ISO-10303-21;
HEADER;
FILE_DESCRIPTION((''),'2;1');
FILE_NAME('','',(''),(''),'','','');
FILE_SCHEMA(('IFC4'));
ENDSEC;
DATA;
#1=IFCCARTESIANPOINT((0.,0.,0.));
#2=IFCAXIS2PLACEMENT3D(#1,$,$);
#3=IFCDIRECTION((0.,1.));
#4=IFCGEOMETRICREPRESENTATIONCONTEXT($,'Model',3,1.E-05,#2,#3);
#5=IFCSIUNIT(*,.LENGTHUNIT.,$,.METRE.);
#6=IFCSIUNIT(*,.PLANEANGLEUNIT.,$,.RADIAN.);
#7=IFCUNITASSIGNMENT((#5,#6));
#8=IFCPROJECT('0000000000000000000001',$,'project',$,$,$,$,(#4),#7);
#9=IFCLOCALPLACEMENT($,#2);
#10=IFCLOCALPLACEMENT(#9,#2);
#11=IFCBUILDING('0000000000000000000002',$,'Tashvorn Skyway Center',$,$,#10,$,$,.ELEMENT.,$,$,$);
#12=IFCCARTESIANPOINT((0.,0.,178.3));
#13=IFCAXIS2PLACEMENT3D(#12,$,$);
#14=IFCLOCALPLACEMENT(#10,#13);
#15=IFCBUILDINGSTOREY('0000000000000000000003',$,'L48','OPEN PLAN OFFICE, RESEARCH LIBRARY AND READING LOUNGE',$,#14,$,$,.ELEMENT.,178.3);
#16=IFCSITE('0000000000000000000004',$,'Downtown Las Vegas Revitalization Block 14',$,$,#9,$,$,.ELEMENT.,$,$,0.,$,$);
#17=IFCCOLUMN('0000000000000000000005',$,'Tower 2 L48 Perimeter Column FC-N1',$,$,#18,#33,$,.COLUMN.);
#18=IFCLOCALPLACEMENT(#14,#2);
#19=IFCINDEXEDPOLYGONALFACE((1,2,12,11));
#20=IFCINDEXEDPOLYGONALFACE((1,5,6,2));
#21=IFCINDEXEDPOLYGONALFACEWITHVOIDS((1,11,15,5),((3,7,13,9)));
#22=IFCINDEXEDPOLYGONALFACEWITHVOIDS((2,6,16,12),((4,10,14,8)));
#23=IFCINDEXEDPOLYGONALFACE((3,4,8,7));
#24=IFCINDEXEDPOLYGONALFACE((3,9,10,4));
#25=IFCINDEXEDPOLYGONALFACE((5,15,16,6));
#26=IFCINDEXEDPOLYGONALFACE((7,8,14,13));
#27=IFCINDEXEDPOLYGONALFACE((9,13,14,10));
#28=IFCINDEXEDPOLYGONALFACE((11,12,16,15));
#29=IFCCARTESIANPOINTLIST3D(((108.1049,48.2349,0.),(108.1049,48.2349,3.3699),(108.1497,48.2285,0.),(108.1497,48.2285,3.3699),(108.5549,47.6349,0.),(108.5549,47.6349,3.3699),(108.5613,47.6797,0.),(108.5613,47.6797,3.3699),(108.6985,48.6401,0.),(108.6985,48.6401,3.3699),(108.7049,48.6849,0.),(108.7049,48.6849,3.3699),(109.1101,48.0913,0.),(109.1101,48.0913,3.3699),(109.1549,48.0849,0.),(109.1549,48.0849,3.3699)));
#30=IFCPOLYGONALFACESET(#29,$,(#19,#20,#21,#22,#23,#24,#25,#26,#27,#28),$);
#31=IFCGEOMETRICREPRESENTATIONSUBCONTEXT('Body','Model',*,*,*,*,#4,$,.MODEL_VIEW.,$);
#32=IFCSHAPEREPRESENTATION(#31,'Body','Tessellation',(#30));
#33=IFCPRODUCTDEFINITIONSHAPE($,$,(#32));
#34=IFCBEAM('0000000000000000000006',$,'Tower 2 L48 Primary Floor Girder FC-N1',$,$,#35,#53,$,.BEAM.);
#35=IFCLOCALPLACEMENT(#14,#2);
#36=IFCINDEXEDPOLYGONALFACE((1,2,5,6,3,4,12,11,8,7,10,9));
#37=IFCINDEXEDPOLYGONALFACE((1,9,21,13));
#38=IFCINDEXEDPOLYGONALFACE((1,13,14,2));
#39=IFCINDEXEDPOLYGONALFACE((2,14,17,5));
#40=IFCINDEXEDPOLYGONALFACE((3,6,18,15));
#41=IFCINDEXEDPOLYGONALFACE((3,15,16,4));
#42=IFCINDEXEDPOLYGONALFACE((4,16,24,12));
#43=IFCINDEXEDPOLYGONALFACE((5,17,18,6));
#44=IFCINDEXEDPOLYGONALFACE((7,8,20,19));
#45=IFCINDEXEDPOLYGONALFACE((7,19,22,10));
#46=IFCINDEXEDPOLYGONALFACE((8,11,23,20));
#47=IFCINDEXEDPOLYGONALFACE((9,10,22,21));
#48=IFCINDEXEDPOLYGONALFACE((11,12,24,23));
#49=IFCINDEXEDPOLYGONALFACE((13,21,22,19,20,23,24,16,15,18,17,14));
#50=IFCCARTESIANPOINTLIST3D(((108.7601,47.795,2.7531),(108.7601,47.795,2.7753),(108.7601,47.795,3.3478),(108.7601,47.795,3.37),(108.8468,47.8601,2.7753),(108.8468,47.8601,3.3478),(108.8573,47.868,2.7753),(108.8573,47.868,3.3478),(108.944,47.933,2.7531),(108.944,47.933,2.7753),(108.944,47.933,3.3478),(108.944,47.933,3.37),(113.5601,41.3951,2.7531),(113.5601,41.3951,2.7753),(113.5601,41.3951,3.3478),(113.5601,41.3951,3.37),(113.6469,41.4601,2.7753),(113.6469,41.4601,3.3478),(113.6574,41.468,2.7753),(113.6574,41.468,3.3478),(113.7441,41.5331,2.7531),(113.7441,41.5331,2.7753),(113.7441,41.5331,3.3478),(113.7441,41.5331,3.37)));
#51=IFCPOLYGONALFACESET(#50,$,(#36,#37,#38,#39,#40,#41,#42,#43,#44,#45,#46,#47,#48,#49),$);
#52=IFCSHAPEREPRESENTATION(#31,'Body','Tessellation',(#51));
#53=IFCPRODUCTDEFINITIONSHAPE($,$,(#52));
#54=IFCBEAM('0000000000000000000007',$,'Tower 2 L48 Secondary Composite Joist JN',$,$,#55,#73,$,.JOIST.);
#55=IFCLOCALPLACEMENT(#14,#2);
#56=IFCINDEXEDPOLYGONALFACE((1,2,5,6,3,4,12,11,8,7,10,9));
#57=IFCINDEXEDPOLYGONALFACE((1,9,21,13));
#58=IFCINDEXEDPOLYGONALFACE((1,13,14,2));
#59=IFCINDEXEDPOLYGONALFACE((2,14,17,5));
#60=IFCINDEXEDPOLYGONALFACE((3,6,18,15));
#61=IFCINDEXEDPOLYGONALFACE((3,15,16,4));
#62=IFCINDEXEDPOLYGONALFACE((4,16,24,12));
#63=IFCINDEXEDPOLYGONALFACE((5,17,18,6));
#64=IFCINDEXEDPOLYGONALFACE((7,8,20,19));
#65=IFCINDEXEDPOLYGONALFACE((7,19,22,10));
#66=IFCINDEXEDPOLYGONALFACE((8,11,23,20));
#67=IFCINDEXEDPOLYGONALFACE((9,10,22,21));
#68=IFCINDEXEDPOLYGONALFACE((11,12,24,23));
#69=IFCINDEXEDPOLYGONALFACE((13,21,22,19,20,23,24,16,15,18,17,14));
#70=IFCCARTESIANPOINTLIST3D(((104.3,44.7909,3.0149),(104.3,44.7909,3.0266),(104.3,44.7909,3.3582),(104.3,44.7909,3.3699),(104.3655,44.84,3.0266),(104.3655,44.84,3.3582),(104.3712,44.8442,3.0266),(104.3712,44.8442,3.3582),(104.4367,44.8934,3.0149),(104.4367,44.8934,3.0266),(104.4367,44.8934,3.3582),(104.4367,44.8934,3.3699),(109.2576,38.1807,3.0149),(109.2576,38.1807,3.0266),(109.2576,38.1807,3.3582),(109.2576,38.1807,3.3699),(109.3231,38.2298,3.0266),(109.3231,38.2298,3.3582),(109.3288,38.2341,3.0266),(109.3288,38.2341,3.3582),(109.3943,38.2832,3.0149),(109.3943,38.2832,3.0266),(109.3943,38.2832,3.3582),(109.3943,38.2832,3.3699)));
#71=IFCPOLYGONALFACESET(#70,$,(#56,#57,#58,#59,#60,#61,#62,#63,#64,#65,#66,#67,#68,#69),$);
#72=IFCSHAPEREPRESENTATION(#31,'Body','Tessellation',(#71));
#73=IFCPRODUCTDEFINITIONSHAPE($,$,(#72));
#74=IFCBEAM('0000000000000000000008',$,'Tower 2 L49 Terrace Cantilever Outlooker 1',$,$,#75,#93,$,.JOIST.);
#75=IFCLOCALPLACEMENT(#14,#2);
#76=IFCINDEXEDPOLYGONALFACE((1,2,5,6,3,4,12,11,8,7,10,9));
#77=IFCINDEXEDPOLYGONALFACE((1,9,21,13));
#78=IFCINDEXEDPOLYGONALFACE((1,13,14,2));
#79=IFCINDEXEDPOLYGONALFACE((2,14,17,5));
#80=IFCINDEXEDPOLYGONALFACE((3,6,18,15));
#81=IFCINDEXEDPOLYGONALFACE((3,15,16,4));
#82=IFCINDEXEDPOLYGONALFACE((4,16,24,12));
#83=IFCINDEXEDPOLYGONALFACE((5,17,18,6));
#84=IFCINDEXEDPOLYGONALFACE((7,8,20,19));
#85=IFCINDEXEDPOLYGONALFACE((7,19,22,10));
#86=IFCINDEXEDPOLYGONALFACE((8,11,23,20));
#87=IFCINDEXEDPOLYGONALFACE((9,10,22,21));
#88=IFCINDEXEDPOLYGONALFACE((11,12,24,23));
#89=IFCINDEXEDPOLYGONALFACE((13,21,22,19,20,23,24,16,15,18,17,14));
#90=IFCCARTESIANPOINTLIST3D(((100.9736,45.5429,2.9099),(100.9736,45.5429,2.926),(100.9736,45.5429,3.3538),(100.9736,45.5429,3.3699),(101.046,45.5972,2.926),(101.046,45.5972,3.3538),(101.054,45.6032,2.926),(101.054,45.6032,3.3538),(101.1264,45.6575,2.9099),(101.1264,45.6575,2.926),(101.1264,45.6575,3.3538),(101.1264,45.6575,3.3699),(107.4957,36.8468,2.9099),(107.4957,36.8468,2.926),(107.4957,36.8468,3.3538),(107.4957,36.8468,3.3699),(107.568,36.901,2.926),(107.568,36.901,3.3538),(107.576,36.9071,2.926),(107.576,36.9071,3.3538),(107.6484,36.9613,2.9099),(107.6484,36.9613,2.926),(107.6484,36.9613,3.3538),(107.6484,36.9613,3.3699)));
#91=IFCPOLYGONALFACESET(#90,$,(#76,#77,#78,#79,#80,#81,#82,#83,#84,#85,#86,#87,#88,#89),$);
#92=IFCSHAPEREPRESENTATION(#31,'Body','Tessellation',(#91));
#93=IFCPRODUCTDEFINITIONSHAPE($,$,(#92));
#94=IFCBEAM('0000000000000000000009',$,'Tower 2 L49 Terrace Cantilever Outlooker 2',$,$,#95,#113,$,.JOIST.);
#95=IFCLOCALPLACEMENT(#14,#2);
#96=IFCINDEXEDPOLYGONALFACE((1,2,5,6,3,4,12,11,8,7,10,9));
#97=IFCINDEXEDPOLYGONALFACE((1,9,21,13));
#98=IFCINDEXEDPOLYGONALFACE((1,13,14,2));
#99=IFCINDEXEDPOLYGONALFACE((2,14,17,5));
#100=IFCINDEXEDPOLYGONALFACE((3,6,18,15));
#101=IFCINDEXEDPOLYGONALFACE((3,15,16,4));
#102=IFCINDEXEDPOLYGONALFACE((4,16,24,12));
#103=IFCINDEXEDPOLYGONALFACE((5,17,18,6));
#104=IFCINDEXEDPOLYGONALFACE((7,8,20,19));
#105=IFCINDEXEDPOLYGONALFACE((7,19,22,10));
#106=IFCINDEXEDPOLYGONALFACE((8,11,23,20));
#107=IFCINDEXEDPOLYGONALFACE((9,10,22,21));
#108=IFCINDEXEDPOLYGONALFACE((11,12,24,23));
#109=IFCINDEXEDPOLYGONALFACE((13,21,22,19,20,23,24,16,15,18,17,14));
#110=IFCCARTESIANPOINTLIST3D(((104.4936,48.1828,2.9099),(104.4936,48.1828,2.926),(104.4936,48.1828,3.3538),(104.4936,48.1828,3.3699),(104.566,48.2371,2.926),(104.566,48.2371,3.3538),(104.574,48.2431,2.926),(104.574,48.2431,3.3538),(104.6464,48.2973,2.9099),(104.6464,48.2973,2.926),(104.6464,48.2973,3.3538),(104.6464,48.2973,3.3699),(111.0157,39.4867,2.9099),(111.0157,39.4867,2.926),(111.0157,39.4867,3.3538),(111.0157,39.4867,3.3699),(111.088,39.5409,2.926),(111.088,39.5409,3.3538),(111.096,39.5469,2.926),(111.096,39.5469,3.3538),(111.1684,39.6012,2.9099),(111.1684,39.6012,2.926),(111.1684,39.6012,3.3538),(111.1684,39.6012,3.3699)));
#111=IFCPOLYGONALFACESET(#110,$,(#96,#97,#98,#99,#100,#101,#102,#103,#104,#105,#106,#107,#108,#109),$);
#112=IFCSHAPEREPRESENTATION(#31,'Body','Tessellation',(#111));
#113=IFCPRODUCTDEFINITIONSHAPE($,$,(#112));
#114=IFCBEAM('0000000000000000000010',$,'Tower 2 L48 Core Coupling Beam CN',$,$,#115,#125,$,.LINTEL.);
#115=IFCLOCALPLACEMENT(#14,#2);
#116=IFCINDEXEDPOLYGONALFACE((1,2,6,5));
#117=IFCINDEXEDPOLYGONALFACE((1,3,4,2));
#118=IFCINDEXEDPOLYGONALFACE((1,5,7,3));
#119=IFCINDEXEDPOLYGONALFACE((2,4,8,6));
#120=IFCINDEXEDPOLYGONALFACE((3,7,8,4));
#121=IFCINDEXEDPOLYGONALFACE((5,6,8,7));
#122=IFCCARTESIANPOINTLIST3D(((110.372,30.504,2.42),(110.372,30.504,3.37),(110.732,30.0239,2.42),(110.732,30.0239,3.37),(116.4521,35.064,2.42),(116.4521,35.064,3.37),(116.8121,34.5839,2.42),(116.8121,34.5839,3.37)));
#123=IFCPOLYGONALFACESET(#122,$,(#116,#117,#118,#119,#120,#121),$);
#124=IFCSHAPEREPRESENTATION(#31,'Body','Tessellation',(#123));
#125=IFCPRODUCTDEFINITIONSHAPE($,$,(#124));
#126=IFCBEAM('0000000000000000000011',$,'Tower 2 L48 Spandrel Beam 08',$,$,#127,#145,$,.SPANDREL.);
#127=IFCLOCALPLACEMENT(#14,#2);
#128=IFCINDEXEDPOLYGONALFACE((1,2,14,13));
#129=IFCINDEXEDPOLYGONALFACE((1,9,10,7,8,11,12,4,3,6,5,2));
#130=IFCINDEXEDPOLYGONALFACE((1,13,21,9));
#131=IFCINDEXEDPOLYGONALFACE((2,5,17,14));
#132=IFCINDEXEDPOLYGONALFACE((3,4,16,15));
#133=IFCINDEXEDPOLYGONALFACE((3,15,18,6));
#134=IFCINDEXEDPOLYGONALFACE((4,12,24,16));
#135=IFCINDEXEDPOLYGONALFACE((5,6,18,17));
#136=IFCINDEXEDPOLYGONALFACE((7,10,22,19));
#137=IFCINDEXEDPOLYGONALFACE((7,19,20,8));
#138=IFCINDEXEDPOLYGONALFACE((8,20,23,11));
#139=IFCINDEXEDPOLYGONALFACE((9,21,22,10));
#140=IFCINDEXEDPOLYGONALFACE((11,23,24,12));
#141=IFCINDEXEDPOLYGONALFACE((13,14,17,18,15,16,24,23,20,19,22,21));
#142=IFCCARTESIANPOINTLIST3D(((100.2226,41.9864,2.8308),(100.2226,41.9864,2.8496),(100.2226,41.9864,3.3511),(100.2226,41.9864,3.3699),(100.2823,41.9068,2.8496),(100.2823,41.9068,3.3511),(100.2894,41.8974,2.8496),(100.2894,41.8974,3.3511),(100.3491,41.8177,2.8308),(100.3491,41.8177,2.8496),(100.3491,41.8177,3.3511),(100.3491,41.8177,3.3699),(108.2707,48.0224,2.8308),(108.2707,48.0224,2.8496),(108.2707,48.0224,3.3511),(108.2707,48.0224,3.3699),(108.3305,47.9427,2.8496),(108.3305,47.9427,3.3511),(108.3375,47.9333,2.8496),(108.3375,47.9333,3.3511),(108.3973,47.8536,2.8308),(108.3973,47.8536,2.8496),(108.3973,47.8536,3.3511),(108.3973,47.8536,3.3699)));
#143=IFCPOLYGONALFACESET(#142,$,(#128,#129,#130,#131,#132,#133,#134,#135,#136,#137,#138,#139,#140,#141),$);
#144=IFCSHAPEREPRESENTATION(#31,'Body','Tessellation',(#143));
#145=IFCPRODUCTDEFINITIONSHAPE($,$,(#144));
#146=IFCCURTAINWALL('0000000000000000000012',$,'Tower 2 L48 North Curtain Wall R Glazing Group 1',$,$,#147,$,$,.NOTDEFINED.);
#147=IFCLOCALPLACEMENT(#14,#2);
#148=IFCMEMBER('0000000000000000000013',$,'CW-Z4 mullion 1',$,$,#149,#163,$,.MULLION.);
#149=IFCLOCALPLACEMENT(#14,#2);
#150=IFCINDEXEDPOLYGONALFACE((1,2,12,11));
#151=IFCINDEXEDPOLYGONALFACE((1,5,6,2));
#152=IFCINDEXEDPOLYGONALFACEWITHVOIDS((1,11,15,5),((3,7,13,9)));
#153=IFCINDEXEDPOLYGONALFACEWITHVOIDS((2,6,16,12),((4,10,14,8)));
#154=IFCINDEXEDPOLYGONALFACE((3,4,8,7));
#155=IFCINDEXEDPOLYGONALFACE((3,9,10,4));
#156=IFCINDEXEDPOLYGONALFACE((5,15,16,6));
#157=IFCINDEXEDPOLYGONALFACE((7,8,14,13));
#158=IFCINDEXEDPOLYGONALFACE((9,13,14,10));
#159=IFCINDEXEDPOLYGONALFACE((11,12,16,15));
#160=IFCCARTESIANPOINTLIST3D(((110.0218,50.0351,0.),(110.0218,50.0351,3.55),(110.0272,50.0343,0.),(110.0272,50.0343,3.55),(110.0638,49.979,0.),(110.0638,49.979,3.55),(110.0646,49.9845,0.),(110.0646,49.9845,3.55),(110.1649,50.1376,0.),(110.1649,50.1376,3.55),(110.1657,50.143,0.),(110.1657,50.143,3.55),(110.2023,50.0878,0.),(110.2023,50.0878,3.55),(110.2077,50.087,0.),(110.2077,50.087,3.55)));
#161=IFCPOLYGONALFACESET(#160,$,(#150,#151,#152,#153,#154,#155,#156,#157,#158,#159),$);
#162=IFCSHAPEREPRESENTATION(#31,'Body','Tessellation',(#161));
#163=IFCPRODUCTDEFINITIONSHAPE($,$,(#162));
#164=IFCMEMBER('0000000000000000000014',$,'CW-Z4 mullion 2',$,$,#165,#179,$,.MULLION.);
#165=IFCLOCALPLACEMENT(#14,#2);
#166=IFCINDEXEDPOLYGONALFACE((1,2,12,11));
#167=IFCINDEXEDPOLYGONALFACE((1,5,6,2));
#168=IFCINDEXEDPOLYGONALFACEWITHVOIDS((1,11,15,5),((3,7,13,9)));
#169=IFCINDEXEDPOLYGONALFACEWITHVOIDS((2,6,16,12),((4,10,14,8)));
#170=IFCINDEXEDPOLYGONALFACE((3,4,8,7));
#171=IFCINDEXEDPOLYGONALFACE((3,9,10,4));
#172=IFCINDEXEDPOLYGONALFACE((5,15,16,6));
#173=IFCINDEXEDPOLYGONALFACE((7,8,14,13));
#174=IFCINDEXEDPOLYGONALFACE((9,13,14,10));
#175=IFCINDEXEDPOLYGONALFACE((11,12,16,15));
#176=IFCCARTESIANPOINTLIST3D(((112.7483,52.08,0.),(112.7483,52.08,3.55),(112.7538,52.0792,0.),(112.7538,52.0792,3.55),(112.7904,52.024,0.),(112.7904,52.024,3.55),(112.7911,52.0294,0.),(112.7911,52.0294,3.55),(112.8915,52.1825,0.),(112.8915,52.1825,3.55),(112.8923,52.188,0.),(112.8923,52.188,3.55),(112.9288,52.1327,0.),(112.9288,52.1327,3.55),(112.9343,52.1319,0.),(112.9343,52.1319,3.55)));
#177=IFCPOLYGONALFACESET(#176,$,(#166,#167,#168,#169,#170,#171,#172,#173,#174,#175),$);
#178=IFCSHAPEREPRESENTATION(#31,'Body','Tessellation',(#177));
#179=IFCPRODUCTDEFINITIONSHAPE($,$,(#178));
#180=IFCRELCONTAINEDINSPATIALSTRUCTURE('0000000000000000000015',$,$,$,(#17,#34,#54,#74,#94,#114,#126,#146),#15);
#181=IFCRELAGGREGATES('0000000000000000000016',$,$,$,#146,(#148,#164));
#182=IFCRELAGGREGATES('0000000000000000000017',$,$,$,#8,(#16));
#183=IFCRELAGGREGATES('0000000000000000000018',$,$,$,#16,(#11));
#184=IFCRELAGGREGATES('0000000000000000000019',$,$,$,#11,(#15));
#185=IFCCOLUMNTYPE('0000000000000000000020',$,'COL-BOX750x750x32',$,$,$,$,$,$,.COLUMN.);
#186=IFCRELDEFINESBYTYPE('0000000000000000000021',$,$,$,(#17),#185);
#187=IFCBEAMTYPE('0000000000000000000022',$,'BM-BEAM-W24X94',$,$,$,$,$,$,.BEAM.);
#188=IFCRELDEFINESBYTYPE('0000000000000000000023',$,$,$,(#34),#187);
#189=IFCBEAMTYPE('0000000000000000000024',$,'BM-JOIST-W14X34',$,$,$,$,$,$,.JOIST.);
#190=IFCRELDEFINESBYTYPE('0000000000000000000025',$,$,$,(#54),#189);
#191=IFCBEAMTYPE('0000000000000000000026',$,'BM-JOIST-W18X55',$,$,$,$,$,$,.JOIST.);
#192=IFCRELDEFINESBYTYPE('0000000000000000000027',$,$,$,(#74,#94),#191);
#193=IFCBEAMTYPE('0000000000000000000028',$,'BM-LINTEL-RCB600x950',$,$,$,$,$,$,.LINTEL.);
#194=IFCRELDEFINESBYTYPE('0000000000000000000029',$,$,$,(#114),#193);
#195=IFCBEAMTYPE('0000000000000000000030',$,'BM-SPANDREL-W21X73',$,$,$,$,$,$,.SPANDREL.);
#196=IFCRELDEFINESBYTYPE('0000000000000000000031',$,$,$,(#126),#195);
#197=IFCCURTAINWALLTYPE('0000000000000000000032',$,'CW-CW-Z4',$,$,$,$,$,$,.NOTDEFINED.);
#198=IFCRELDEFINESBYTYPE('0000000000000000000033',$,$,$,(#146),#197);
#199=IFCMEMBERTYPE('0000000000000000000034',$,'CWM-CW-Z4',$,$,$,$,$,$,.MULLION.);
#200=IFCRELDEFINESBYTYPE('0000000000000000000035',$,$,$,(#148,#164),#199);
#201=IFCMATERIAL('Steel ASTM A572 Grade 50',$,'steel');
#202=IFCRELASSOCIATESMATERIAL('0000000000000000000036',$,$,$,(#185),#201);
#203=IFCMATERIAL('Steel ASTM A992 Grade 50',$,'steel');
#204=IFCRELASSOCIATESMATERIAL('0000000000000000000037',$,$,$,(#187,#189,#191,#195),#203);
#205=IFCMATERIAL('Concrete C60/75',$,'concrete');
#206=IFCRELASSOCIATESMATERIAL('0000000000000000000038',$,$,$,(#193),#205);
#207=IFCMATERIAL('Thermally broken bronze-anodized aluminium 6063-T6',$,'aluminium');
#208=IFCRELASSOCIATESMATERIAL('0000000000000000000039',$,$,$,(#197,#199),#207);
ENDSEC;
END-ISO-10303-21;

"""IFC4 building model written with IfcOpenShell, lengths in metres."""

from ifc_helpers import new_model, si_unit, direction, frame, origin, origin_2d, place, context, subcontext, project, spatial, rectangle, hollow_rectangle, i_section, extrude, material, material_profile, profile_set, type_object, element, aggregate, save


model = new_model("IFC4")

# Units and contexts
model_context = context("Model", 3, precision=1e-05, world=origin(), true_north=direction((0.0, 1.0)))
body_context = subcontext(model_context, "Body", "Model", "MODEL_VIEW")
ifc_project = project(units=[si_unit("LENGTHUNIT", "METRE"), si_unit("PLANEANGLEUNIT", "RADIAN")], contexts=[model_context])

# Site, building, storey
site_placement = place(None, origin())
site = spatial("IfcSite", under=ifc_project, at=site_placement, Name="Downtown Las Vegas Revitalization Block 14", CompositionType="ELEMENT", RefElevation=0.0)
building_placement = place(site_placement, origin())
building = spatial("IfcBuilding", under=site, at=building_placement, Name="Tashvorn Skyway Center", CompositionType="ELEMENT")
storey_placement = place(building_placement, frame((0.0, 0.0, 178.3)))
storey = spatial("IfcBuildingStorey", under=building, at=storey_placement, Name="L48", Description="OPEN PLAN OFFICE, RESEARCH LIBRARY AND READING LOUNGE", CompositionType="ELEMENT", Elevation=178.3)

# Column
ifc_material_1 = material(Name="Steel ASTM A572 Grade 50", Category="steel")
ifc_material_profile_1 = material_profile(ifc_material_1, hollow_rectangle(XDim=0.75, YDim=0.75, WallThickness=0.032, at=origin_2d()), Name="BOX750x750x32")
ifc_profile_set_1 = profile_set([ifc_material_profile_1], Name="Steel ASTM A572 Grade 50")
column_type = type_object("IfcColumnType", Name="COL-BOX750x750x32", PredefinedType="COLUMN", material=ifc_profile_set_1)
column_placement = place(storey_placement, frame((108.6299, 48.1599, 0.0), z_axis=(0.0, 0.0, 1.0), x_axis=(0.8, 0.6, 0.0)))
element("IfcColumn", 1, at=column_placement, inside=storey, type_object=column_type, Name="Tower 2 L48 Perimeter Column FC-N1", PredefinedType="COLUMN", context=body_context, shape_type="SweptSolid", body=[
    extrude(hollow_rectangle(XDim=0.75, YDim=0.75, WallThickness=0.032, at=origin_2d()), origin(), (0.0, 0.0, 1.0), 3.3699),
])

# Beams
ifc_material_2 = material(Name="Steel ASTM A992 Grade 50", Category="steel")
ifc_material_profile_2 = material_profile(ifc_material_2, i_section(OverallWidth=0.23, OverallDepth=0.6169, WebThickness=0.0132, FlangeThickness=0.0222, at=origin_2d()), Name="W24X94")
ifc_profile_set_2 = profile_set([ifc_material_profile_2], Name="Steel ASTM A992 Grade 50")
beam_type_1 = type_object("IfcBeamType", Name="BM-BEAM-W24X94", PredefinedType="BEAM", material=ifc_profile_set_2)
beam_1_placement = place(storey_placement, frame((108.8521, 47.864, 3.0615), z_axis=(0.60001, -0.799993, 0.0), x_axis=(0.799993, 0.60001, 0.0)))
element("IfcBeam", 2, at=beam_1_placement, inside=storey, type_object=beam_type_1, Name="Tower 2 L48 Primary Floor Girder FC-N1", PredefinedType="BEAM", context=body_context, shape_type="SweptSolid", body=[
    extrude(i_section(OverallWidth=0.23, OverallDepth=0.6169, WebThickness=0.0132, FlangeThickness=0.0222, at=origin_2d()), origin(), (0.0, 0.0, 1.0), 8.0),
])
ifc_material_profile_3 = material_profile(ifc_material_2, i_section(OverallWidth=0.1709, OverallDepth=0.355, WebThickness=0.0071, FlangeThickness=0.0117, at=origin_2d()), Name="W14X34")
ifc_profile_set_3 = profile_set([ifc_material_profile_3], Name="Steel ASTM A992 Grade 50")
beam_type_2 = type_object("IfcBeamType", Name="BM-JOIST-W14X34", PredefinedType="JOIST", material=ifc_profile_set_3)
beam_2_placement = place(storey_placement, frame((109.3259, 38.2319, 3.1924), z_axis=(-0.599995, 0.800004, 0.0), x_axis=(-0.800004, -0.599995, 0.0)))
element("IfcBeam", 3, at=beam_2_placement, inside=storey, type_object=beam_type_2, Name="Tower 2 L48 Secondary Composite Joist JN", PredefinedType="JOIST", context=body_context, shape_type="SweptSolid", body=[
    extrude(i_section(OverallWidth=0.1709, OverallDepth=0.355, WebThickness=0.0071, FlangeThickness=0.0117, at=origin_2d()), origin(), (0.0, 0.0, 1.0), 8.2627),
])
ifc_material_profile_4 = material_profile(ifc_material_2, i_section(OverallWidth=0.1909, OverallDepth=0.46, WebThickness=0.01, FlangeThickness=0.0161, at=origin_2d()), Name="W18X55")
ifc_profile_set_4 = profile_set([ifc_material_profile_4], Name="Steel ASTM A992 Grade 50")
beam_type_3 = type_object("IfcBeamType", Name="BM-JOIST-W18X55", PredefinedType="JOIST", material=ifc_profile_set_4)
for number, where, z_axis, x_axis, name in (
    (4, (107.572, 36.9041, 3.1399), (-0.599996, 0.800003, 0.0), (-0.800003, -0.599996, 0.0), "Tower 2 L49 Terrace Cantilever Outlooker 1"),
    (5, (111.092, 39.5439, 3.1399), (-0.599996, 0.800003, 0.0), (-0.800003, -0.599996, 0.0), "Tower 2 L49 Terrace Cantilever Outlooker 2"),
):
    element("IfcBeam", number, at=place(storey_placement, frame(where, z_axis=z_axis, x_axis=x_axis)), inside=storey, type_object=beam_type_3, Name=name, PredefinedType="JOIST", context=body_context, shape_type="SweptSolid", body=[
        extrude(i_section(OverallWidth=0.1909, OverallDepth=0.46, WebThickness=0.01, FlangeThickness=0.0161, at=origin_2d()), origin(), (0.0, 0.0, 1.0), 10.8701),
    ])
ifc_material_3 = material(Name="Concrete C60/75", Category="concrete")
ifc_material_profile_5 = material_profile(ifc_material_3, rectangle(XDim=0.6001, YDim=0.95, at=origin_2d()), Name="RCB600x950")
ifc_profile_set_5 = profile_set([ifc_material_profile_5], Name="Concrete C60/75")
beam_type_4 = type_object("IfcBeamType", Name="BM-LINTEL-RCB600x950", PredefinedType="LINTEL", material=ifc_profile_set_5)
beam_3_placement = place(storey_placement, frame((110.552, 30.2639, 2.895), z_axis=(0.8, 0.6, 0.0), x_axis=(-0.6, 0.8, 0.0)))
element("IfcBeam", 6, at=beam_3_placement, inside=storey, type_object=beam_type_4, Name="Tower 2 L48 Core Coupling Beam CN", PredefinedType="LINTEL", context=body_context, shape_type="SweptSolid", body=[
    extrude(rectangle(XDim=0.6001, YDim=0.95, at=origin_2d()), origin(), (0.0, 0.0, 1.0), 7.6001),
])
ifc_material_profile_6 = material_profile(ifc_material_2, i_section(OverallWidth=0.2109, OverallDepth=0.5391, WebThickness=0.0117, FlangeThickness=0.0188, at=origin_2d()), Name="W21X73")
ifc_profile_set_6 = profile_set([ifc_material_profile_6], Name="Steel ASTM A992 Grade 50")
beam_type_5 = type_object("IfcBeamType", Name="BM-SPANDREL-W21X73", PredefinedType="SPANDREL", material=ifc_profile_set_6)
beam_4_placement = place(storey_placement, frame((108.334, 47.938, 3.1003), z_axis=(-0.800009, -0.599988, 0.0), x_axis=(0.599988, -0.800009, 0.0)))
element("IfcBeam", 7, at=beam_4_placement, inside=storey, type_object=beam_type_5, Name="Tower 2 L48 Spandrel Beam 08", PredefinedType="SPANDREL", context=body_context, shape_type="SweptSolid", body=[
    extrude(i_section(OverallWidth=0.2109, OverallDepth=0.5391, WebThickness=0.0117, FlangeThickness=0.0188, at=origin_2d()), origin(), (0.0, 0.0, 1.0), 10.0601),
])

# Curtain wall, members
ifc_material_4 = material(Name="Thermally broken bronze-anodized aluminium 6063-T6", Category="aluminium")
curtain_wall_type = type_object("IfcCurtainWallType", Name="CW-CW-Z4", PredefinedType="NOTDEFINED", material=ifc_material_4)
curtain_wall_placement = place(storey_placement, origin())
curtain_wall = element("IfcCurtainWall", 8, at=curtain_wall_placement, inside=storey, type_object=curtain_wall_type, Name="Tower 2 L48 North Curtain Wall R Glazing Group 1", PredefinedType="NOTDEFINED")
ifc_material_profile_7 = material_profile(ifc_material_4, hollow_rectangle(XDim=0.0701, YDim=0.1799, WallThickness=0.0039, at=origin_2d()), Name="ALU-MULL-70x180")
ifc_profile_set_7 = profile_set([ifc_material_profile_7], Name="Thermally broken bronze-anodized aluminium 6063-T6")
member_type_1 = type_object("IfcMemberType", Name="CWM-CW-Z4", PredefinedType="MULLION", material=ifc_profile_set_7)
member_1_placement = place(storey_placement, frame((110.1147, 50.061, 0.0), z_axis=(0.0, 0.0, 1.0), x_axis=(-0.600002, 0.799998, 0.0)))
member_1 = element("IfcMember", 9, at=member_1_placement, type_object=member_type_1, Name="CW-Z4 mullion 1", PredefinedType="MULLION", context=body_context, shape_type="SweptSolid", body=[
    extrude(hollow_rectangle(XDim=0.0701, YDim=0.1799, WallThickness=0.0039, at=origin_2d()), origin(), (0.0, 0.0, 1.0), 3.55),
])
member_2_placement = place(storey_placement, frame((112.8413, 52.106, 0.0), z_axis=(0.0, 0.0, 1.0), x_axis=(-0.600002, 0.799998, 0.0)))
member_2 = element("IfcMember", 10, at=member_2_placement, type_object=member_type_1, Name="CW-Z4 mullion 2", PredefinedType="MULLION", context=body_context, shape_type="SweptSolid", body=[
    extrude(hollow_rectangle(XDim=0.0701, YDim=0.1799, WallThickness=0.0039, at=origin_2d()), origin(), (0.0, 0.0, 1.0), 3.55),
])

aggregate(curtain_wall, [member_1, member_2])

save(model, "model.ifc")
